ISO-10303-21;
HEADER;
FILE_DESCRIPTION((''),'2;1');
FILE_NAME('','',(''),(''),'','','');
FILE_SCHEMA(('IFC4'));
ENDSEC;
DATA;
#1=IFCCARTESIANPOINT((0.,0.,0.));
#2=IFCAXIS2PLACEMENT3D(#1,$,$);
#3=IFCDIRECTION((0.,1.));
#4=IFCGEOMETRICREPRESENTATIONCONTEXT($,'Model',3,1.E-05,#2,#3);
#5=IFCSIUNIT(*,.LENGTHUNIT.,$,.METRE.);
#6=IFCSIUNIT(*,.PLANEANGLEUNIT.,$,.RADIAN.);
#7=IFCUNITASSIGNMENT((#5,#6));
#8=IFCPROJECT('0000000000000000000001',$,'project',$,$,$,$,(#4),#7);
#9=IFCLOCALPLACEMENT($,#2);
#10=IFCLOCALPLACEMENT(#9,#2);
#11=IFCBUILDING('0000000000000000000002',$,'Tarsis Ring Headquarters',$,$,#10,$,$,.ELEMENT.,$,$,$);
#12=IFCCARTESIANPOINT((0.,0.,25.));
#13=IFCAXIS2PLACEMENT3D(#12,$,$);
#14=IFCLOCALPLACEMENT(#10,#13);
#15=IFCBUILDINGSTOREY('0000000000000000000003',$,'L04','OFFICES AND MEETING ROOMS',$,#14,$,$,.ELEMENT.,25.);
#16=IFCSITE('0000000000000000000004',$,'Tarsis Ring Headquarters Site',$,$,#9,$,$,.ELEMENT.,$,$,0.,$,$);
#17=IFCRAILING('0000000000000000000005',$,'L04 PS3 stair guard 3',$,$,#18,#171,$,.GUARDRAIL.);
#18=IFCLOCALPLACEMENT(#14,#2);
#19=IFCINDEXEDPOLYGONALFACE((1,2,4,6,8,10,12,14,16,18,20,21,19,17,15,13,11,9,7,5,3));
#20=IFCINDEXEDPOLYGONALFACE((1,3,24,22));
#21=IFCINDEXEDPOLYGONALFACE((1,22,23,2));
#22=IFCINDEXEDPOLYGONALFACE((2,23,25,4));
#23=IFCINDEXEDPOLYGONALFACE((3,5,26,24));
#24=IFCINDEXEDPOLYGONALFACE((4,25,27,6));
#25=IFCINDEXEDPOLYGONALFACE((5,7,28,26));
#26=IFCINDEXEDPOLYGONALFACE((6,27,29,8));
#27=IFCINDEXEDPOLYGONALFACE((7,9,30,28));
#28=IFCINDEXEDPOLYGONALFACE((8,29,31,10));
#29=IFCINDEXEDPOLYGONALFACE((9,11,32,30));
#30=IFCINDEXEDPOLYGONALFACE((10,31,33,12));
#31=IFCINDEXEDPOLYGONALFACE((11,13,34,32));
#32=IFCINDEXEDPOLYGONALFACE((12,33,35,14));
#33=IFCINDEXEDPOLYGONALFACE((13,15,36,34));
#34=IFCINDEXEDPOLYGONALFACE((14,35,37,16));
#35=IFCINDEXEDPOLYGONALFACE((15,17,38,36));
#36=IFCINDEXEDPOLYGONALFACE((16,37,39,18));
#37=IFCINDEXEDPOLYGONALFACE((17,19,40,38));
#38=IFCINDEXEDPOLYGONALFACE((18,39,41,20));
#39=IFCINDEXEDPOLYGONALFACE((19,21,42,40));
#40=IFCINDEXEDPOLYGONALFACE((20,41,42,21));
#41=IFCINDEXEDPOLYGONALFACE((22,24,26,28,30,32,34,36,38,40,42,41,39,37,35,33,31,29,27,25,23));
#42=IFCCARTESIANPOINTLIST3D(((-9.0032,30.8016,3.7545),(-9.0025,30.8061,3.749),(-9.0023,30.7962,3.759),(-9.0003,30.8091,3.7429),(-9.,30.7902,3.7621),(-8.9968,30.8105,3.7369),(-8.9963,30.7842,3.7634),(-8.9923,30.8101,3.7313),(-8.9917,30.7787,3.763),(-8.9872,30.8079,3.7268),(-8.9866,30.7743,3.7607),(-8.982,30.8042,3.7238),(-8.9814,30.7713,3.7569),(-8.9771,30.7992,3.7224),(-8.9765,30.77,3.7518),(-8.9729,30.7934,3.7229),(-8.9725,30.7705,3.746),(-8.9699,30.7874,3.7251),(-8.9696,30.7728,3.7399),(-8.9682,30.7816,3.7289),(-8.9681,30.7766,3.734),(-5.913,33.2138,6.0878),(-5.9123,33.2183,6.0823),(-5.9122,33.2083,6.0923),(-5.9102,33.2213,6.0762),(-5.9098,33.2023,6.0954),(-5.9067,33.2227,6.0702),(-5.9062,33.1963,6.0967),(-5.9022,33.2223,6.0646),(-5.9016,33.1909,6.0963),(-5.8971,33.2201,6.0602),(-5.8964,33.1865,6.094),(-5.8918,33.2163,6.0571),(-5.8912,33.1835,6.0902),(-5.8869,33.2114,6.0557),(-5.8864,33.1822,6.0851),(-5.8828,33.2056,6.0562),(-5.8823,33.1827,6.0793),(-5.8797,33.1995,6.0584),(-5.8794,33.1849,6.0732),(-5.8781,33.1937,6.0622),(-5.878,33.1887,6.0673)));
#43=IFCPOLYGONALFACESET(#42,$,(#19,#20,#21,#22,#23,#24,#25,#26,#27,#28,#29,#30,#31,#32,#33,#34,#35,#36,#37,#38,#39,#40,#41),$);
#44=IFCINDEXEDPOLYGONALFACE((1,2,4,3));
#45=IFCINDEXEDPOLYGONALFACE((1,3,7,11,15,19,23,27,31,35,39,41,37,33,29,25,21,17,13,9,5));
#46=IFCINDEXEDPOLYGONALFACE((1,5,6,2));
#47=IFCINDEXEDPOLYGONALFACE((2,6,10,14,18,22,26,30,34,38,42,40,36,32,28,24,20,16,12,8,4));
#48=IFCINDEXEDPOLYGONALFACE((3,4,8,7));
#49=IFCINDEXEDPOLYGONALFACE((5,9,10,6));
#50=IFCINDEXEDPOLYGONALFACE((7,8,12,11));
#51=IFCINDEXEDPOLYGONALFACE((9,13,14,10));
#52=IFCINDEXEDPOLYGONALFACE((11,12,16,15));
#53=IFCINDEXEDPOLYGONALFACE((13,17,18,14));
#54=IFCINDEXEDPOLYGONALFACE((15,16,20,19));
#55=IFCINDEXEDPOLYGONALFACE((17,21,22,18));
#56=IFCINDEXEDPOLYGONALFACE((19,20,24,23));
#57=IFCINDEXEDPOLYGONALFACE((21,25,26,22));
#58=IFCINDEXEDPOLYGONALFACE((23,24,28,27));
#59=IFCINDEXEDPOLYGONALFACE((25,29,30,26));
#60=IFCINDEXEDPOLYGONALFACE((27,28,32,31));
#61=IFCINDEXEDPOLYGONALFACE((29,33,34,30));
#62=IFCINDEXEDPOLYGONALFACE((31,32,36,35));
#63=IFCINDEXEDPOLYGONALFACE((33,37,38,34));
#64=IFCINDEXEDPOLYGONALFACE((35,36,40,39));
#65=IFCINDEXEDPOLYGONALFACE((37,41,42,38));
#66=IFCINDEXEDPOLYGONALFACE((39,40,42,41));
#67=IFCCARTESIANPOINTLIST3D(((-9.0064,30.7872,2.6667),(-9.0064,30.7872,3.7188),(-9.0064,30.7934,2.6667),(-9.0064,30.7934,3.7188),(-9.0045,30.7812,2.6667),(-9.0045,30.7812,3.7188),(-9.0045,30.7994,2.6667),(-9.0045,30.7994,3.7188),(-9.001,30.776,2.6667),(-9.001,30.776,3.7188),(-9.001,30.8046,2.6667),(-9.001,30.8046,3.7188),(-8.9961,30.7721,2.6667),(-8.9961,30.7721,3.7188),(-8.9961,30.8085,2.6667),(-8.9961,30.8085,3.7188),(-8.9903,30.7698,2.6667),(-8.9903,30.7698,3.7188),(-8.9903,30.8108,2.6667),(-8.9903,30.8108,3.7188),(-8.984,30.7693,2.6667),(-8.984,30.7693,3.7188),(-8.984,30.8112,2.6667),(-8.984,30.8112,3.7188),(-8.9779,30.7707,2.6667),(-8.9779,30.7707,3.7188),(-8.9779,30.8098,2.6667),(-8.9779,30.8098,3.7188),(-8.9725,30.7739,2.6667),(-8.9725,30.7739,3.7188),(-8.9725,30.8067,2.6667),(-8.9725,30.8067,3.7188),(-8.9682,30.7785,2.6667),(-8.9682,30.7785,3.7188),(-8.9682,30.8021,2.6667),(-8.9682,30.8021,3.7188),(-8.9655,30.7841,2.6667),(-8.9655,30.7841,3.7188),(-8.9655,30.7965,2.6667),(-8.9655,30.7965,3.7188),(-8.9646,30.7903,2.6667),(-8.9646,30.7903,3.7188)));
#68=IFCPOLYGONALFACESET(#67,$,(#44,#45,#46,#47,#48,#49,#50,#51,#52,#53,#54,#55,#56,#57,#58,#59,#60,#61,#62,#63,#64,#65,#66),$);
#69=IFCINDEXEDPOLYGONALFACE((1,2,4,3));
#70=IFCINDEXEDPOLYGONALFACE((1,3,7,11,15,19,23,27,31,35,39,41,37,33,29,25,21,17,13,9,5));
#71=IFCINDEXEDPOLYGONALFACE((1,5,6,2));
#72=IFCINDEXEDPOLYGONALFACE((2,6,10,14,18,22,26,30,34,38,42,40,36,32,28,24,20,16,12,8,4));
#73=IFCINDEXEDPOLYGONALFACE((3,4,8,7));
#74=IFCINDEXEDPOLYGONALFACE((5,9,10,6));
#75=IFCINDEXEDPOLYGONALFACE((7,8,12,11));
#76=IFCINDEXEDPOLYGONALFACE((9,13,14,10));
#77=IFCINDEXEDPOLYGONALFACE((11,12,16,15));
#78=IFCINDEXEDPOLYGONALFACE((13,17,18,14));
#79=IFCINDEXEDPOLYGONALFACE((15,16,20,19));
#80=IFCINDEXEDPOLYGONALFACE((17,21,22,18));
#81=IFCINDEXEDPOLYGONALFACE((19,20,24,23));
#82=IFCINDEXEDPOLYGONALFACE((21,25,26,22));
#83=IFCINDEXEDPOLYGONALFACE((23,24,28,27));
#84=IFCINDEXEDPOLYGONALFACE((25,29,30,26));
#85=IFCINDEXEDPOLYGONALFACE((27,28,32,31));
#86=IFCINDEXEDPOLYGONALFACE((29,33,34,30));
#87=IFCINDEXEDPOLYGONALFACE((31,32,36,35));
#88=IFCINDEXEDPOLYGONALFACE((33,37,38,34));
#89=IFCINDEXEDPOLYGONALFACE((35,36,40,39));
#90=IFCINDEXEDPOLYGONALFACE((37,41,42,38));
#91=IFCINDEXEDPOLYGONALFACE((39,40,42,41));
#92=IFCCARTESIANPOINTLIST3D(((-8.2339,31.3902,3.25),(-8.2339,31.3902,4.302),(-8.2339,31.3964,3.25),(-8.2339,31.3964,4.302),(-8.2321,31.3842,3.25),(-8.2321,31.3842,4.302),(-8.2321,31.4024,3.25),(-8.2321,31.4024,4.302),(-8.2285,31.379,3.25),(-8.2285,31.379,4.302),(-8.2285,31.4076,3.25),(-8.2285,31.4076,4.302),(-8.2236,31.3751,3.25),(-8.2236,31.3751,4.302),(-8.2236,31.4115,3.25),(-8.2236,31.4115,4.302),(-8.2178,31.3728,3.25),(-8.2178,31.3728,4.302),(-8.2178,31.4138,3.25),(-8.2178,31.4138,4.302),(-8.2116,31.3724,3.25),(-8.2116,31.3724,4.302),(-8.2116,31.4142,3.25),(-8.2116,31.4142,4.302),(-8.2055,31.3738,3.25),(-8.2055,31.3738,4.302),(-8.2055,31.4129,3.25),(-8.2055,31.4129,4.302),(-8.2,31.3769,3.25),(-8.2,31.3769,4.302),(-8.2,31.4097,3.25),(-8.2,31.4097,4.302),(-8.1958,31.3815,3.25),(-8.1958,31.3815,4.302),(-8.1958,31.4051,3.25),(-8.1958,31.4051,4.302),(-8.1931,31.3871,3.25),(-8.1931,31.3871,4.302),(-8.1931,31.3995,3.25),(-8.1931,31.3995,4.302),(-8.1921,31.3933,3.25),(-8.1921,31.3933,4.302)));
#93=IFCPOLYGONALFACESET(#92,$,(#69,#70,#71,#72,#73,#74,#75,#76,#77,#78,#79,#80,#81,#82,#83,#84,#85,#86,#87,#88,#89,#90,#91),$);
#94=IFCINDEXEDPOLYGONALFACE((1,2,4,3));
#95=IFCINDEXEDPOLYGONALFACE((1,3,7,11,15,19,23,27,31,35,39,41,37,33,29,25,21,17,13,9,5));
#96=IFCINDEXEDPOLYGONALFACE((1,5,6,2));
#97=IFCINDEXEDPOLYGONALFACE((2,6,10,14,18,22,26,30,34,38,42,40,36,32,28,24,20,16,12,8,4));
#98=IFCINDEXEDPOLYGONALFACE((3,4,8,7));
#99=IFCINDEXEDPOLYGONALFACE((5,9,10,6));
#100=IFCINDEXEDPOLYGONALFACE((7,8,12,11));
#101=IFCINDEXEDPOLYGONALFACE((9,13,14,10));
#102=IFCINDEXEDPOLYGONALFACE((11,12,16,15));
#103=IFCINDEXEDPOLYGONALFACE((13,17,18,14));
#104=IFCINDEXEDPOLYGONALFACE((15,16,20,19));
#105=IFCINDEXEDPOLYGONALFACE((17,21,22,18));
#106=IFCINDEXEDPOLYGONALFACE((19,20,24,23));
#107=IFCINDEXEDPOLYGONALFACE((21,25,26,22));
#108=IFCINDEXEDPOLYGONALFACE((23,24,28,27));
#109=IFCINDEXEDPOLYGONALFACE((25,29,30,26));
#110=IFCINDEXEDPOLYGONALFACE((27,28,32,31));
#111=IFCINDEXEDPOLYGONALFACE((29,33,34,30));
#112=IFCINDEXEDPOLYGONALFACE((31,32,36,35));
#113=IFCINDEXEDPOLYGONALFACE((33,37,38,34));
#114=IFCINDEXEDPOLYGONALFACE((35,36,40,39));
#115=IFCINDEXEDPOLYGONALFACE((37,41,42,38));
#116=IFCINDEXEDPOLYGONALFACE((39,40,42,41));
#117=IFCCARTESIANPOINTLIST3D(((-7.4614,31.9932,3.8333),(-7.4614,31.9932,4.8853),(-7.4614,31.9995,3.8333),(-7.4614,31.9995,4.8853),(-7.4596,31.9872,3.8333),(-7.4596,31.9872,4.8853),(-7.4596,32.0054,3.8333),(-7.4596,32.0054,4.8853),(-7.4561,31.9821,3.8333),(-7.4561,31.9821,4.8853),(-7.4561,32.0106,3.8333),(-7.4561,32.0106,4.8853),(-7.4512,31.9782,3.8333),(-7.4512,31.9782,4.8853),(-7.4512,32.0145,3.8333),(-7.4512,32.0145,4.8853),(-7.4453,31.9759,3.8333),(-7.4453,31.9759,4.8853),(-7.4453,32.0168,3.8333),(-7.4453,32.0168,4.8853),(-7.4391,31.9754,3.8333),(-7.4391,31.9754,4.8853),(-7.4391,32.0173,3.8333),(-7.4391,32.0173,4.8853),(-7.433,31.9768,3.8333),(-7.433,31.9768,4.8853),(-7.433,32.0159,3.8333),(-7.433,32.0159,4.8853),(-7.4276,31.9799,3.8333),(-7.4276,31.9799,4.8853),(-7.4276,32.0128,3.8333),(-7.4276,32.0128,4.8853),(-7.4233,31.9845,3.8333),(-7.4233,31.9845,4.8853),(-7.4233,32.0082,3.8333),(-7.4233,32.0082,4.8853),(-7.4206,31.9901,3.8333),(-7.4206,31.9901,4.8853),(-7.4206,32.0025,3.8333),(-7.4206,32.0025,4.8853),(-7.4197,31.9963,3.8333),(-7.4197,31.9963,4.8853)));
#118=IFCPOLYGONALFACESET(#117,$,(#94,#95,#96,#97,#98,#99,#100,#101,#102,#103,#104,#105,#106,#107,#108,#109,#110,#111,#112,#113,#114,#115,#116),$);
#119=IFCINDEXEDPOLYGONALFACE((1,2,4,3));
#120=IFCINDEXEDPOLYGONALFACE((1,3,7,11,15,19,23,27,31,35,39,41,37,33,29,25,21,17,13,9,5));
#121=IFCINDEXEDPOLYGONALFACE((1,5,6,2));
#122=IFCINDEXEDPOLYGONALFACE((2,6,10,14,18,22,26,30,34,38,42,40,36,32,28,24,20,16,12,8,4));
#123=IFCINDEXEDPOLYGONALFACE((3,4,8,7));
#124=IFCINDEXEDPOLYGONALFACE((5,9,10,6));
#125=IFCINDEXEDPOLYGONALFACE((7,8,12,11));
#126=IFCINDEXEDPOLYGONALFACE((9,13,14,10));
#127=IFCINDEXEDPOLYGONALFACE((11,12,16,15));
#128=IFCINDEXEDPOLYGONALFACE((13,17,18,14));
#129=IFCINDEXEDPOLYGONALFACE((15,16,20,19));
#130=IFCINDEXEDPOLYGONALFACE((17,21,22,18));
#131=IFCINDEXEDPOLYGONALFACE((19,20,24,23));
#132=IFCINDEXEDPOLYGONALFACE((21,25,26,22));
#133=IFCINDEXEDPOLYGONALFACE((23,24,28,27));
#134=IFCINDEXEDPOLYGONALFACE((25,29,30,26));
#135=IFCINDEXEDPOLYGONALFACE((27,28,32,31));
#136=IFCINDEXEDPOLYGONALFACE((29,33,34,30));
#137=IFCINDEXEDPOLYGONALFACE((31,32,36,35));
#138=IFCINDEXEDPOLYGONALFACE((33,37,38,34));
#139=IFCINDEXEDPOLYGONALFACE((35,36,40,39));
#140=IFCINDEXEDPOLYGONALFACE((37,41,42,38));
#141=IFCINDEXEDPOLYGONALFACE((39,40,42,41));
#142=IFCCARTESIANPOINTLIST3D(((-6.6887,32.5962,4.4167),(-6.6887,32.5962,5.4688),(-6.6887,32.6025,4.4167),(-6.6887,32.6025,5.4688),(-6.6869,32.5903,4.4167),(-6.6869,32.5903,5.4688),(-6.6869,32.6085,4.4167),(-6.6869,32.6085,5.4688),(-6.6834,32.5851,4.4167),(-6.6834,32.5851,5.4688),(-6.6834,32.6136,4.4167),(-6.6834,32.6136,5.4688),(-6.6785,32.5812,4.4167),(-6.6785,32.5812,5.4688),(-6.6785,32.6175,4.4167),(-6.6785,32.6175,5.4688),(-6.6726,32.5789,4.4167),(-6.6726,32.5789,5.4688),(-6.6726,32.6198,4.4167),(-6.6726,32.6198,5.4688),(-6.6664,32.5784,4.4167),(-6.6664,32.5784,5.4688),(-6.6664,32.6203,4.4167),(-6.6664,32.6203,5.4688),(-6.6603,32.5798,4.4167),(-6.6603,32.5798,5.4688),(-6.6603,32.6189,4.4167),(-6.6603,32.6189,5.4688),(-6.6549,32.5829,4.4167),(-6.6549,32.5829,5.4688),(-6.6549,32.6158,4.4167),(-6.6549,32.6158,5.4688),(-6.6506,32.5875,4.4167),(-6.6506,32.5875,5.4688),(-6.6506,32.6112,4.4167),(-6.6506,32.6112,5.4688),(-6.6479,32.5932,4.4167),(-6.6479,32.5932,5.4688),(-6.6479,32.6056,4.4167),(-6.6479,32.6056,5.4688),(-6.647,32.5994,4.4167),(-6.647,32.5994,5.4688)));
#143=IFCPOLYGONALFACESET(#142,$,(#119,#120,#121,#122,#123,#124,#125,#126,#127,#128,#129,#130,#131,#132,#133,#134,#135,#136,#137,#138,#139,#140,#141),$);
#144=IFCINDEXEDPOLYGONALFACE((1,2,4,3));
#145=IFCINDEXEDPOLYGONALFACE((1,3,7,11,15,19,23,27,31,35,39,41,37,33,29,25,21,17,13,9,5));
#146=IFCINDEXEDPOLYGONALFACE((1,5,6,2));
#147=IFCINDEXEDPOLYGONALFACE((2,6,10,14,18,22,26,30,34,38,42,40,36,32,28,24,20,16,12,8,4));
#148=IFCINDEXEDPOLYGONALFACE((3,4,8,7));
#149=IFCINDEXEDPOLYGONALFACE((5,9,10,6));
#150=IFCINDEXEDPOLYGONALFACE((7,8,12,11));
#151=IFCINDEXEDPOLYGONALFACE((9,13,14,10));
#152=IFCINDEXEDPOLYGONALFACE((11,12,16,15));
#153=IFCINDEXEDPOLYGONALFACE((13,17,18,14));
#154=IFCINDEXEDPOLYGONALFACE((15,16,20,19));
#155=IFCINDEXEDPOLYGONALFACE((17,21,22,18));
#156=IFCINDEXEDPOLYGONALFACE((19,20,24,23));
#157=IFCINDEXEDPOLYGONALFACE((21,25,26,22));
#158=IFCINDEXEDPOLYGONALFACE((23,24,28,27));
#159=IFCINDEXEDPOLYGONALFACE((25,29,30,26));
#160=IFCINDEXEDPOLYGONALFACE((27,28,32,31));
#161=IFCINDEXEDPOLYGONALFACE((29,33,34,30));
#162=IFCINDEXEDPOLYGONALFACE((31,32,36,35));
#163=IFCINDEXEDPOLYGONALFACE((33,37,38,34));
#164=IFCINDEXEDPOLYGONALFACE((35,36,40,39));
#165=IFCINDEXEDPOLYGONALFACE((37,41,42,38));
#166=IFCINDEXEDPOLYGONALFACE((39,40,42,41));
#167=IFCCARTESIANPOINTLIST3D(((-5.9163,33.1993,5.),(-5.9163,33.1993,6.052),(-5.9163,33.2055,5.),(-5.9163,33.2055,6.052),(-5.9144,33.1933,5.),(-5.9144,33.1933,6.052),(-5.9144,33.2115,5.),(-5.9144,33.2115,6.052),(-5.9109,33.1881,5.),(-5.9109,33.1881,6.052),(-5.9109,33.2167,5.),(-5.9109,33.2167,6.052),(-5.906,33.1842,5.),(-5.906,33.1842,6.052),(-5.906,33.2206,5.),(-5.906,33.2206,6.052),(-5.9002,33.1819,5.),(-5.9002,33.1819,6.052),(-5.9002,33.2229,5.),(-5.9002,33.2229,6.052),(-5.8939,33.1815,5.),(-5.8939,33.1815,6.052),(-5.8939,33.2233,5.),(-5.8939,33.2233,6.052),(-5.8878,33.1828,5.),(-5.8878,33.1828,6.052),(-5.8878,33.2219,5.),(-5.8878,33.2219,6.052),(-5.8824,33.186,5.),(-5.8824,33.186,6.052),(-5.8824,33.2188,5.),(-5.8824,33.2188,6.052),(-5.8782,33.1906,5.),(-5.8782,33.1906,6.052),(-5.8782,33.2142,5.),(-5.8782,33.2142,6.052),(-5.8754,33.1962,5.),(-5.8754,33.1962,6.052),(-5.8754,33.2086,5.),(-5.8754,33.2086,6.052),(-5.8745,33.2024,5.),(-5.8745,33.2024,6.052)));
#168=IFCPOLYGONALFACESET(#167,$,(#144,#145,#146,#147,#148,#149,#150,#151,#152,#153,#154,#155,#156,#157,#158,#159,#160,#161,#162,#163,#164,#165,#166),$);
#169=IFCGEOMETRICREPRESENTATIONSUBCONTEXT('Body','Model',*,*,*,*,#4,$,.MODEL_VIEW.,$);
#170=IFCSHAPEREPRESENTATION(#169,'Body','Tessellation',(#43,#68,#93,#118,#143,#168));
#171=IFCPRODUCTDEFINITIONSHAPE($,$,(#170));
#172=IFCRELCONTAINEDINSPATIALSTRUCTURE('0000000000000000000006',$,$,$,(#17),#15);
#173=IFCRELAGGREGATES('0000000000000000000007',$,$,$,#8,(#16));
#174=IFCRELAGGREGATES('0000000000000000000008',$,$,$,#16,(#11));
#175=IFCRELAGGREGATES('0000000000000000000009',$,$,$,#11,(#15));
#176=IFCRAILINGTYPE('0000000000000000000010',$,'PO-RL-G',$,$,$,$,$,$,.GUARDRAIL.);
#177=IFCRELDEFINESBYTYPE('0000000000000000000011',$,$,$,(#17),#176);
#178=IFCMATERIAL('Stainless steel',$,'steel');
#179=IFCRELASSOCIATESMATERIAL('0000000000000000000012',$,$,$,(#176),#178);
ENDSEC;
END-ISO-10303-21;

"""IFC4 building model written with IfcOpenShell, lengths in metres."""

from ifc_helpers import new_model, si_unit, direction, frame, origin, origin_2d, place, context, subcontext, project, spatial, circle, extrude, material, type_object, element, save


model = new_model("IFC4")

# Units and contexts
model_context = context("Model", 3, precision=1e-05, world=origin(), true_north=direction((0.0, 1.0)))
body_context = subcontext(model_context, "Body", "Model", "MODEL_VIEW")
ifc_project = project(units=[si_unit("LENGTHUNIT", "METRE"), si_unit("PLANEANGLEUNIT", "RADIAN")], contexts=[model_context])

# Site, building, storey
site_placement = place(None, origin())
site = spatial("IfcSite", under=ifc_project, at=site_placement, Name="Tarsis Ring Headquarters Site", CompositionType="ELEMENT", RefElevation=0.0)
building_placement = place(site_placement, origin())
building = spatial("IfcBuilding", under=site, at=building_placement, Name="Tarsis Ring Headquarters", CompositionType="ELEMENT")
storey_placement = place(building_placement, frame((0.0, 0.0, 25.0)))
storey = spatial("IfcBuildingStorey", under=building, at=storey_placement, Name="L04", Description="OFFICES AND MEETING ROOMS", CompositionType="ELEMENT", Elevation=25.0)

# Railing
ifc_material_1 = material(Name="Stainless steel", Category="steel")
railing_type_1 = type_object("IfcRailingType", Name="PO-RL-G", PredefinedType="GUARDRAIL", material=ifc_material_1)
railing_1_placement = place(storey_placement, frame((-8.9856, 30.7903, 2.6667)))
element("IfcRailing", 1, at=railing_1_placement, inside=storey, type_object=railing_type_1, Name="L04 PS3 stair guard 3", PredefinedType="GUARDRAIL", context=body_context, shape_type="SweptSolid", body=[
    extrude(circle(Radius=0.0239, at=origin_2d()), frame((0.0, 0.0, 1.0762), z_axis=(0.677368, 0.52875, 0.511464), x_axis=(-0.615324, 0.788275, 0.0)), (0.0, 0.0, 1.0), 4.562),
    extrude(circle(Radius=0.021, at=origin_2d()), origin(), (0.0, 0.0, 1.0), 1.052),
    extrude(circle(Radius=0.021, at=origin_2d()), frame((0.7725, 0.603, 0.5833)), (0.0, 0.0, 1.0), 1.052),
    extrude(circle(Radius=0.021, at=origin_2d()), frame((1.5449, 1.2061, 1.1665)), (0.0, 0.0, 1.0), 1.052),
    extrude(circle(Radius=0.021, at=origin_2d()), frame((2.3176, 1.8091, 1.75)), (0.0, 0.0, 1.0), 1.052),
    extrude(circle(Radius=0.021, at=origin_2d()), frame((3.0901, 2.4121, 2.3333)), (0.0, 0.0, 1.0), 1.052),
])

save(model, "model.ifc")
